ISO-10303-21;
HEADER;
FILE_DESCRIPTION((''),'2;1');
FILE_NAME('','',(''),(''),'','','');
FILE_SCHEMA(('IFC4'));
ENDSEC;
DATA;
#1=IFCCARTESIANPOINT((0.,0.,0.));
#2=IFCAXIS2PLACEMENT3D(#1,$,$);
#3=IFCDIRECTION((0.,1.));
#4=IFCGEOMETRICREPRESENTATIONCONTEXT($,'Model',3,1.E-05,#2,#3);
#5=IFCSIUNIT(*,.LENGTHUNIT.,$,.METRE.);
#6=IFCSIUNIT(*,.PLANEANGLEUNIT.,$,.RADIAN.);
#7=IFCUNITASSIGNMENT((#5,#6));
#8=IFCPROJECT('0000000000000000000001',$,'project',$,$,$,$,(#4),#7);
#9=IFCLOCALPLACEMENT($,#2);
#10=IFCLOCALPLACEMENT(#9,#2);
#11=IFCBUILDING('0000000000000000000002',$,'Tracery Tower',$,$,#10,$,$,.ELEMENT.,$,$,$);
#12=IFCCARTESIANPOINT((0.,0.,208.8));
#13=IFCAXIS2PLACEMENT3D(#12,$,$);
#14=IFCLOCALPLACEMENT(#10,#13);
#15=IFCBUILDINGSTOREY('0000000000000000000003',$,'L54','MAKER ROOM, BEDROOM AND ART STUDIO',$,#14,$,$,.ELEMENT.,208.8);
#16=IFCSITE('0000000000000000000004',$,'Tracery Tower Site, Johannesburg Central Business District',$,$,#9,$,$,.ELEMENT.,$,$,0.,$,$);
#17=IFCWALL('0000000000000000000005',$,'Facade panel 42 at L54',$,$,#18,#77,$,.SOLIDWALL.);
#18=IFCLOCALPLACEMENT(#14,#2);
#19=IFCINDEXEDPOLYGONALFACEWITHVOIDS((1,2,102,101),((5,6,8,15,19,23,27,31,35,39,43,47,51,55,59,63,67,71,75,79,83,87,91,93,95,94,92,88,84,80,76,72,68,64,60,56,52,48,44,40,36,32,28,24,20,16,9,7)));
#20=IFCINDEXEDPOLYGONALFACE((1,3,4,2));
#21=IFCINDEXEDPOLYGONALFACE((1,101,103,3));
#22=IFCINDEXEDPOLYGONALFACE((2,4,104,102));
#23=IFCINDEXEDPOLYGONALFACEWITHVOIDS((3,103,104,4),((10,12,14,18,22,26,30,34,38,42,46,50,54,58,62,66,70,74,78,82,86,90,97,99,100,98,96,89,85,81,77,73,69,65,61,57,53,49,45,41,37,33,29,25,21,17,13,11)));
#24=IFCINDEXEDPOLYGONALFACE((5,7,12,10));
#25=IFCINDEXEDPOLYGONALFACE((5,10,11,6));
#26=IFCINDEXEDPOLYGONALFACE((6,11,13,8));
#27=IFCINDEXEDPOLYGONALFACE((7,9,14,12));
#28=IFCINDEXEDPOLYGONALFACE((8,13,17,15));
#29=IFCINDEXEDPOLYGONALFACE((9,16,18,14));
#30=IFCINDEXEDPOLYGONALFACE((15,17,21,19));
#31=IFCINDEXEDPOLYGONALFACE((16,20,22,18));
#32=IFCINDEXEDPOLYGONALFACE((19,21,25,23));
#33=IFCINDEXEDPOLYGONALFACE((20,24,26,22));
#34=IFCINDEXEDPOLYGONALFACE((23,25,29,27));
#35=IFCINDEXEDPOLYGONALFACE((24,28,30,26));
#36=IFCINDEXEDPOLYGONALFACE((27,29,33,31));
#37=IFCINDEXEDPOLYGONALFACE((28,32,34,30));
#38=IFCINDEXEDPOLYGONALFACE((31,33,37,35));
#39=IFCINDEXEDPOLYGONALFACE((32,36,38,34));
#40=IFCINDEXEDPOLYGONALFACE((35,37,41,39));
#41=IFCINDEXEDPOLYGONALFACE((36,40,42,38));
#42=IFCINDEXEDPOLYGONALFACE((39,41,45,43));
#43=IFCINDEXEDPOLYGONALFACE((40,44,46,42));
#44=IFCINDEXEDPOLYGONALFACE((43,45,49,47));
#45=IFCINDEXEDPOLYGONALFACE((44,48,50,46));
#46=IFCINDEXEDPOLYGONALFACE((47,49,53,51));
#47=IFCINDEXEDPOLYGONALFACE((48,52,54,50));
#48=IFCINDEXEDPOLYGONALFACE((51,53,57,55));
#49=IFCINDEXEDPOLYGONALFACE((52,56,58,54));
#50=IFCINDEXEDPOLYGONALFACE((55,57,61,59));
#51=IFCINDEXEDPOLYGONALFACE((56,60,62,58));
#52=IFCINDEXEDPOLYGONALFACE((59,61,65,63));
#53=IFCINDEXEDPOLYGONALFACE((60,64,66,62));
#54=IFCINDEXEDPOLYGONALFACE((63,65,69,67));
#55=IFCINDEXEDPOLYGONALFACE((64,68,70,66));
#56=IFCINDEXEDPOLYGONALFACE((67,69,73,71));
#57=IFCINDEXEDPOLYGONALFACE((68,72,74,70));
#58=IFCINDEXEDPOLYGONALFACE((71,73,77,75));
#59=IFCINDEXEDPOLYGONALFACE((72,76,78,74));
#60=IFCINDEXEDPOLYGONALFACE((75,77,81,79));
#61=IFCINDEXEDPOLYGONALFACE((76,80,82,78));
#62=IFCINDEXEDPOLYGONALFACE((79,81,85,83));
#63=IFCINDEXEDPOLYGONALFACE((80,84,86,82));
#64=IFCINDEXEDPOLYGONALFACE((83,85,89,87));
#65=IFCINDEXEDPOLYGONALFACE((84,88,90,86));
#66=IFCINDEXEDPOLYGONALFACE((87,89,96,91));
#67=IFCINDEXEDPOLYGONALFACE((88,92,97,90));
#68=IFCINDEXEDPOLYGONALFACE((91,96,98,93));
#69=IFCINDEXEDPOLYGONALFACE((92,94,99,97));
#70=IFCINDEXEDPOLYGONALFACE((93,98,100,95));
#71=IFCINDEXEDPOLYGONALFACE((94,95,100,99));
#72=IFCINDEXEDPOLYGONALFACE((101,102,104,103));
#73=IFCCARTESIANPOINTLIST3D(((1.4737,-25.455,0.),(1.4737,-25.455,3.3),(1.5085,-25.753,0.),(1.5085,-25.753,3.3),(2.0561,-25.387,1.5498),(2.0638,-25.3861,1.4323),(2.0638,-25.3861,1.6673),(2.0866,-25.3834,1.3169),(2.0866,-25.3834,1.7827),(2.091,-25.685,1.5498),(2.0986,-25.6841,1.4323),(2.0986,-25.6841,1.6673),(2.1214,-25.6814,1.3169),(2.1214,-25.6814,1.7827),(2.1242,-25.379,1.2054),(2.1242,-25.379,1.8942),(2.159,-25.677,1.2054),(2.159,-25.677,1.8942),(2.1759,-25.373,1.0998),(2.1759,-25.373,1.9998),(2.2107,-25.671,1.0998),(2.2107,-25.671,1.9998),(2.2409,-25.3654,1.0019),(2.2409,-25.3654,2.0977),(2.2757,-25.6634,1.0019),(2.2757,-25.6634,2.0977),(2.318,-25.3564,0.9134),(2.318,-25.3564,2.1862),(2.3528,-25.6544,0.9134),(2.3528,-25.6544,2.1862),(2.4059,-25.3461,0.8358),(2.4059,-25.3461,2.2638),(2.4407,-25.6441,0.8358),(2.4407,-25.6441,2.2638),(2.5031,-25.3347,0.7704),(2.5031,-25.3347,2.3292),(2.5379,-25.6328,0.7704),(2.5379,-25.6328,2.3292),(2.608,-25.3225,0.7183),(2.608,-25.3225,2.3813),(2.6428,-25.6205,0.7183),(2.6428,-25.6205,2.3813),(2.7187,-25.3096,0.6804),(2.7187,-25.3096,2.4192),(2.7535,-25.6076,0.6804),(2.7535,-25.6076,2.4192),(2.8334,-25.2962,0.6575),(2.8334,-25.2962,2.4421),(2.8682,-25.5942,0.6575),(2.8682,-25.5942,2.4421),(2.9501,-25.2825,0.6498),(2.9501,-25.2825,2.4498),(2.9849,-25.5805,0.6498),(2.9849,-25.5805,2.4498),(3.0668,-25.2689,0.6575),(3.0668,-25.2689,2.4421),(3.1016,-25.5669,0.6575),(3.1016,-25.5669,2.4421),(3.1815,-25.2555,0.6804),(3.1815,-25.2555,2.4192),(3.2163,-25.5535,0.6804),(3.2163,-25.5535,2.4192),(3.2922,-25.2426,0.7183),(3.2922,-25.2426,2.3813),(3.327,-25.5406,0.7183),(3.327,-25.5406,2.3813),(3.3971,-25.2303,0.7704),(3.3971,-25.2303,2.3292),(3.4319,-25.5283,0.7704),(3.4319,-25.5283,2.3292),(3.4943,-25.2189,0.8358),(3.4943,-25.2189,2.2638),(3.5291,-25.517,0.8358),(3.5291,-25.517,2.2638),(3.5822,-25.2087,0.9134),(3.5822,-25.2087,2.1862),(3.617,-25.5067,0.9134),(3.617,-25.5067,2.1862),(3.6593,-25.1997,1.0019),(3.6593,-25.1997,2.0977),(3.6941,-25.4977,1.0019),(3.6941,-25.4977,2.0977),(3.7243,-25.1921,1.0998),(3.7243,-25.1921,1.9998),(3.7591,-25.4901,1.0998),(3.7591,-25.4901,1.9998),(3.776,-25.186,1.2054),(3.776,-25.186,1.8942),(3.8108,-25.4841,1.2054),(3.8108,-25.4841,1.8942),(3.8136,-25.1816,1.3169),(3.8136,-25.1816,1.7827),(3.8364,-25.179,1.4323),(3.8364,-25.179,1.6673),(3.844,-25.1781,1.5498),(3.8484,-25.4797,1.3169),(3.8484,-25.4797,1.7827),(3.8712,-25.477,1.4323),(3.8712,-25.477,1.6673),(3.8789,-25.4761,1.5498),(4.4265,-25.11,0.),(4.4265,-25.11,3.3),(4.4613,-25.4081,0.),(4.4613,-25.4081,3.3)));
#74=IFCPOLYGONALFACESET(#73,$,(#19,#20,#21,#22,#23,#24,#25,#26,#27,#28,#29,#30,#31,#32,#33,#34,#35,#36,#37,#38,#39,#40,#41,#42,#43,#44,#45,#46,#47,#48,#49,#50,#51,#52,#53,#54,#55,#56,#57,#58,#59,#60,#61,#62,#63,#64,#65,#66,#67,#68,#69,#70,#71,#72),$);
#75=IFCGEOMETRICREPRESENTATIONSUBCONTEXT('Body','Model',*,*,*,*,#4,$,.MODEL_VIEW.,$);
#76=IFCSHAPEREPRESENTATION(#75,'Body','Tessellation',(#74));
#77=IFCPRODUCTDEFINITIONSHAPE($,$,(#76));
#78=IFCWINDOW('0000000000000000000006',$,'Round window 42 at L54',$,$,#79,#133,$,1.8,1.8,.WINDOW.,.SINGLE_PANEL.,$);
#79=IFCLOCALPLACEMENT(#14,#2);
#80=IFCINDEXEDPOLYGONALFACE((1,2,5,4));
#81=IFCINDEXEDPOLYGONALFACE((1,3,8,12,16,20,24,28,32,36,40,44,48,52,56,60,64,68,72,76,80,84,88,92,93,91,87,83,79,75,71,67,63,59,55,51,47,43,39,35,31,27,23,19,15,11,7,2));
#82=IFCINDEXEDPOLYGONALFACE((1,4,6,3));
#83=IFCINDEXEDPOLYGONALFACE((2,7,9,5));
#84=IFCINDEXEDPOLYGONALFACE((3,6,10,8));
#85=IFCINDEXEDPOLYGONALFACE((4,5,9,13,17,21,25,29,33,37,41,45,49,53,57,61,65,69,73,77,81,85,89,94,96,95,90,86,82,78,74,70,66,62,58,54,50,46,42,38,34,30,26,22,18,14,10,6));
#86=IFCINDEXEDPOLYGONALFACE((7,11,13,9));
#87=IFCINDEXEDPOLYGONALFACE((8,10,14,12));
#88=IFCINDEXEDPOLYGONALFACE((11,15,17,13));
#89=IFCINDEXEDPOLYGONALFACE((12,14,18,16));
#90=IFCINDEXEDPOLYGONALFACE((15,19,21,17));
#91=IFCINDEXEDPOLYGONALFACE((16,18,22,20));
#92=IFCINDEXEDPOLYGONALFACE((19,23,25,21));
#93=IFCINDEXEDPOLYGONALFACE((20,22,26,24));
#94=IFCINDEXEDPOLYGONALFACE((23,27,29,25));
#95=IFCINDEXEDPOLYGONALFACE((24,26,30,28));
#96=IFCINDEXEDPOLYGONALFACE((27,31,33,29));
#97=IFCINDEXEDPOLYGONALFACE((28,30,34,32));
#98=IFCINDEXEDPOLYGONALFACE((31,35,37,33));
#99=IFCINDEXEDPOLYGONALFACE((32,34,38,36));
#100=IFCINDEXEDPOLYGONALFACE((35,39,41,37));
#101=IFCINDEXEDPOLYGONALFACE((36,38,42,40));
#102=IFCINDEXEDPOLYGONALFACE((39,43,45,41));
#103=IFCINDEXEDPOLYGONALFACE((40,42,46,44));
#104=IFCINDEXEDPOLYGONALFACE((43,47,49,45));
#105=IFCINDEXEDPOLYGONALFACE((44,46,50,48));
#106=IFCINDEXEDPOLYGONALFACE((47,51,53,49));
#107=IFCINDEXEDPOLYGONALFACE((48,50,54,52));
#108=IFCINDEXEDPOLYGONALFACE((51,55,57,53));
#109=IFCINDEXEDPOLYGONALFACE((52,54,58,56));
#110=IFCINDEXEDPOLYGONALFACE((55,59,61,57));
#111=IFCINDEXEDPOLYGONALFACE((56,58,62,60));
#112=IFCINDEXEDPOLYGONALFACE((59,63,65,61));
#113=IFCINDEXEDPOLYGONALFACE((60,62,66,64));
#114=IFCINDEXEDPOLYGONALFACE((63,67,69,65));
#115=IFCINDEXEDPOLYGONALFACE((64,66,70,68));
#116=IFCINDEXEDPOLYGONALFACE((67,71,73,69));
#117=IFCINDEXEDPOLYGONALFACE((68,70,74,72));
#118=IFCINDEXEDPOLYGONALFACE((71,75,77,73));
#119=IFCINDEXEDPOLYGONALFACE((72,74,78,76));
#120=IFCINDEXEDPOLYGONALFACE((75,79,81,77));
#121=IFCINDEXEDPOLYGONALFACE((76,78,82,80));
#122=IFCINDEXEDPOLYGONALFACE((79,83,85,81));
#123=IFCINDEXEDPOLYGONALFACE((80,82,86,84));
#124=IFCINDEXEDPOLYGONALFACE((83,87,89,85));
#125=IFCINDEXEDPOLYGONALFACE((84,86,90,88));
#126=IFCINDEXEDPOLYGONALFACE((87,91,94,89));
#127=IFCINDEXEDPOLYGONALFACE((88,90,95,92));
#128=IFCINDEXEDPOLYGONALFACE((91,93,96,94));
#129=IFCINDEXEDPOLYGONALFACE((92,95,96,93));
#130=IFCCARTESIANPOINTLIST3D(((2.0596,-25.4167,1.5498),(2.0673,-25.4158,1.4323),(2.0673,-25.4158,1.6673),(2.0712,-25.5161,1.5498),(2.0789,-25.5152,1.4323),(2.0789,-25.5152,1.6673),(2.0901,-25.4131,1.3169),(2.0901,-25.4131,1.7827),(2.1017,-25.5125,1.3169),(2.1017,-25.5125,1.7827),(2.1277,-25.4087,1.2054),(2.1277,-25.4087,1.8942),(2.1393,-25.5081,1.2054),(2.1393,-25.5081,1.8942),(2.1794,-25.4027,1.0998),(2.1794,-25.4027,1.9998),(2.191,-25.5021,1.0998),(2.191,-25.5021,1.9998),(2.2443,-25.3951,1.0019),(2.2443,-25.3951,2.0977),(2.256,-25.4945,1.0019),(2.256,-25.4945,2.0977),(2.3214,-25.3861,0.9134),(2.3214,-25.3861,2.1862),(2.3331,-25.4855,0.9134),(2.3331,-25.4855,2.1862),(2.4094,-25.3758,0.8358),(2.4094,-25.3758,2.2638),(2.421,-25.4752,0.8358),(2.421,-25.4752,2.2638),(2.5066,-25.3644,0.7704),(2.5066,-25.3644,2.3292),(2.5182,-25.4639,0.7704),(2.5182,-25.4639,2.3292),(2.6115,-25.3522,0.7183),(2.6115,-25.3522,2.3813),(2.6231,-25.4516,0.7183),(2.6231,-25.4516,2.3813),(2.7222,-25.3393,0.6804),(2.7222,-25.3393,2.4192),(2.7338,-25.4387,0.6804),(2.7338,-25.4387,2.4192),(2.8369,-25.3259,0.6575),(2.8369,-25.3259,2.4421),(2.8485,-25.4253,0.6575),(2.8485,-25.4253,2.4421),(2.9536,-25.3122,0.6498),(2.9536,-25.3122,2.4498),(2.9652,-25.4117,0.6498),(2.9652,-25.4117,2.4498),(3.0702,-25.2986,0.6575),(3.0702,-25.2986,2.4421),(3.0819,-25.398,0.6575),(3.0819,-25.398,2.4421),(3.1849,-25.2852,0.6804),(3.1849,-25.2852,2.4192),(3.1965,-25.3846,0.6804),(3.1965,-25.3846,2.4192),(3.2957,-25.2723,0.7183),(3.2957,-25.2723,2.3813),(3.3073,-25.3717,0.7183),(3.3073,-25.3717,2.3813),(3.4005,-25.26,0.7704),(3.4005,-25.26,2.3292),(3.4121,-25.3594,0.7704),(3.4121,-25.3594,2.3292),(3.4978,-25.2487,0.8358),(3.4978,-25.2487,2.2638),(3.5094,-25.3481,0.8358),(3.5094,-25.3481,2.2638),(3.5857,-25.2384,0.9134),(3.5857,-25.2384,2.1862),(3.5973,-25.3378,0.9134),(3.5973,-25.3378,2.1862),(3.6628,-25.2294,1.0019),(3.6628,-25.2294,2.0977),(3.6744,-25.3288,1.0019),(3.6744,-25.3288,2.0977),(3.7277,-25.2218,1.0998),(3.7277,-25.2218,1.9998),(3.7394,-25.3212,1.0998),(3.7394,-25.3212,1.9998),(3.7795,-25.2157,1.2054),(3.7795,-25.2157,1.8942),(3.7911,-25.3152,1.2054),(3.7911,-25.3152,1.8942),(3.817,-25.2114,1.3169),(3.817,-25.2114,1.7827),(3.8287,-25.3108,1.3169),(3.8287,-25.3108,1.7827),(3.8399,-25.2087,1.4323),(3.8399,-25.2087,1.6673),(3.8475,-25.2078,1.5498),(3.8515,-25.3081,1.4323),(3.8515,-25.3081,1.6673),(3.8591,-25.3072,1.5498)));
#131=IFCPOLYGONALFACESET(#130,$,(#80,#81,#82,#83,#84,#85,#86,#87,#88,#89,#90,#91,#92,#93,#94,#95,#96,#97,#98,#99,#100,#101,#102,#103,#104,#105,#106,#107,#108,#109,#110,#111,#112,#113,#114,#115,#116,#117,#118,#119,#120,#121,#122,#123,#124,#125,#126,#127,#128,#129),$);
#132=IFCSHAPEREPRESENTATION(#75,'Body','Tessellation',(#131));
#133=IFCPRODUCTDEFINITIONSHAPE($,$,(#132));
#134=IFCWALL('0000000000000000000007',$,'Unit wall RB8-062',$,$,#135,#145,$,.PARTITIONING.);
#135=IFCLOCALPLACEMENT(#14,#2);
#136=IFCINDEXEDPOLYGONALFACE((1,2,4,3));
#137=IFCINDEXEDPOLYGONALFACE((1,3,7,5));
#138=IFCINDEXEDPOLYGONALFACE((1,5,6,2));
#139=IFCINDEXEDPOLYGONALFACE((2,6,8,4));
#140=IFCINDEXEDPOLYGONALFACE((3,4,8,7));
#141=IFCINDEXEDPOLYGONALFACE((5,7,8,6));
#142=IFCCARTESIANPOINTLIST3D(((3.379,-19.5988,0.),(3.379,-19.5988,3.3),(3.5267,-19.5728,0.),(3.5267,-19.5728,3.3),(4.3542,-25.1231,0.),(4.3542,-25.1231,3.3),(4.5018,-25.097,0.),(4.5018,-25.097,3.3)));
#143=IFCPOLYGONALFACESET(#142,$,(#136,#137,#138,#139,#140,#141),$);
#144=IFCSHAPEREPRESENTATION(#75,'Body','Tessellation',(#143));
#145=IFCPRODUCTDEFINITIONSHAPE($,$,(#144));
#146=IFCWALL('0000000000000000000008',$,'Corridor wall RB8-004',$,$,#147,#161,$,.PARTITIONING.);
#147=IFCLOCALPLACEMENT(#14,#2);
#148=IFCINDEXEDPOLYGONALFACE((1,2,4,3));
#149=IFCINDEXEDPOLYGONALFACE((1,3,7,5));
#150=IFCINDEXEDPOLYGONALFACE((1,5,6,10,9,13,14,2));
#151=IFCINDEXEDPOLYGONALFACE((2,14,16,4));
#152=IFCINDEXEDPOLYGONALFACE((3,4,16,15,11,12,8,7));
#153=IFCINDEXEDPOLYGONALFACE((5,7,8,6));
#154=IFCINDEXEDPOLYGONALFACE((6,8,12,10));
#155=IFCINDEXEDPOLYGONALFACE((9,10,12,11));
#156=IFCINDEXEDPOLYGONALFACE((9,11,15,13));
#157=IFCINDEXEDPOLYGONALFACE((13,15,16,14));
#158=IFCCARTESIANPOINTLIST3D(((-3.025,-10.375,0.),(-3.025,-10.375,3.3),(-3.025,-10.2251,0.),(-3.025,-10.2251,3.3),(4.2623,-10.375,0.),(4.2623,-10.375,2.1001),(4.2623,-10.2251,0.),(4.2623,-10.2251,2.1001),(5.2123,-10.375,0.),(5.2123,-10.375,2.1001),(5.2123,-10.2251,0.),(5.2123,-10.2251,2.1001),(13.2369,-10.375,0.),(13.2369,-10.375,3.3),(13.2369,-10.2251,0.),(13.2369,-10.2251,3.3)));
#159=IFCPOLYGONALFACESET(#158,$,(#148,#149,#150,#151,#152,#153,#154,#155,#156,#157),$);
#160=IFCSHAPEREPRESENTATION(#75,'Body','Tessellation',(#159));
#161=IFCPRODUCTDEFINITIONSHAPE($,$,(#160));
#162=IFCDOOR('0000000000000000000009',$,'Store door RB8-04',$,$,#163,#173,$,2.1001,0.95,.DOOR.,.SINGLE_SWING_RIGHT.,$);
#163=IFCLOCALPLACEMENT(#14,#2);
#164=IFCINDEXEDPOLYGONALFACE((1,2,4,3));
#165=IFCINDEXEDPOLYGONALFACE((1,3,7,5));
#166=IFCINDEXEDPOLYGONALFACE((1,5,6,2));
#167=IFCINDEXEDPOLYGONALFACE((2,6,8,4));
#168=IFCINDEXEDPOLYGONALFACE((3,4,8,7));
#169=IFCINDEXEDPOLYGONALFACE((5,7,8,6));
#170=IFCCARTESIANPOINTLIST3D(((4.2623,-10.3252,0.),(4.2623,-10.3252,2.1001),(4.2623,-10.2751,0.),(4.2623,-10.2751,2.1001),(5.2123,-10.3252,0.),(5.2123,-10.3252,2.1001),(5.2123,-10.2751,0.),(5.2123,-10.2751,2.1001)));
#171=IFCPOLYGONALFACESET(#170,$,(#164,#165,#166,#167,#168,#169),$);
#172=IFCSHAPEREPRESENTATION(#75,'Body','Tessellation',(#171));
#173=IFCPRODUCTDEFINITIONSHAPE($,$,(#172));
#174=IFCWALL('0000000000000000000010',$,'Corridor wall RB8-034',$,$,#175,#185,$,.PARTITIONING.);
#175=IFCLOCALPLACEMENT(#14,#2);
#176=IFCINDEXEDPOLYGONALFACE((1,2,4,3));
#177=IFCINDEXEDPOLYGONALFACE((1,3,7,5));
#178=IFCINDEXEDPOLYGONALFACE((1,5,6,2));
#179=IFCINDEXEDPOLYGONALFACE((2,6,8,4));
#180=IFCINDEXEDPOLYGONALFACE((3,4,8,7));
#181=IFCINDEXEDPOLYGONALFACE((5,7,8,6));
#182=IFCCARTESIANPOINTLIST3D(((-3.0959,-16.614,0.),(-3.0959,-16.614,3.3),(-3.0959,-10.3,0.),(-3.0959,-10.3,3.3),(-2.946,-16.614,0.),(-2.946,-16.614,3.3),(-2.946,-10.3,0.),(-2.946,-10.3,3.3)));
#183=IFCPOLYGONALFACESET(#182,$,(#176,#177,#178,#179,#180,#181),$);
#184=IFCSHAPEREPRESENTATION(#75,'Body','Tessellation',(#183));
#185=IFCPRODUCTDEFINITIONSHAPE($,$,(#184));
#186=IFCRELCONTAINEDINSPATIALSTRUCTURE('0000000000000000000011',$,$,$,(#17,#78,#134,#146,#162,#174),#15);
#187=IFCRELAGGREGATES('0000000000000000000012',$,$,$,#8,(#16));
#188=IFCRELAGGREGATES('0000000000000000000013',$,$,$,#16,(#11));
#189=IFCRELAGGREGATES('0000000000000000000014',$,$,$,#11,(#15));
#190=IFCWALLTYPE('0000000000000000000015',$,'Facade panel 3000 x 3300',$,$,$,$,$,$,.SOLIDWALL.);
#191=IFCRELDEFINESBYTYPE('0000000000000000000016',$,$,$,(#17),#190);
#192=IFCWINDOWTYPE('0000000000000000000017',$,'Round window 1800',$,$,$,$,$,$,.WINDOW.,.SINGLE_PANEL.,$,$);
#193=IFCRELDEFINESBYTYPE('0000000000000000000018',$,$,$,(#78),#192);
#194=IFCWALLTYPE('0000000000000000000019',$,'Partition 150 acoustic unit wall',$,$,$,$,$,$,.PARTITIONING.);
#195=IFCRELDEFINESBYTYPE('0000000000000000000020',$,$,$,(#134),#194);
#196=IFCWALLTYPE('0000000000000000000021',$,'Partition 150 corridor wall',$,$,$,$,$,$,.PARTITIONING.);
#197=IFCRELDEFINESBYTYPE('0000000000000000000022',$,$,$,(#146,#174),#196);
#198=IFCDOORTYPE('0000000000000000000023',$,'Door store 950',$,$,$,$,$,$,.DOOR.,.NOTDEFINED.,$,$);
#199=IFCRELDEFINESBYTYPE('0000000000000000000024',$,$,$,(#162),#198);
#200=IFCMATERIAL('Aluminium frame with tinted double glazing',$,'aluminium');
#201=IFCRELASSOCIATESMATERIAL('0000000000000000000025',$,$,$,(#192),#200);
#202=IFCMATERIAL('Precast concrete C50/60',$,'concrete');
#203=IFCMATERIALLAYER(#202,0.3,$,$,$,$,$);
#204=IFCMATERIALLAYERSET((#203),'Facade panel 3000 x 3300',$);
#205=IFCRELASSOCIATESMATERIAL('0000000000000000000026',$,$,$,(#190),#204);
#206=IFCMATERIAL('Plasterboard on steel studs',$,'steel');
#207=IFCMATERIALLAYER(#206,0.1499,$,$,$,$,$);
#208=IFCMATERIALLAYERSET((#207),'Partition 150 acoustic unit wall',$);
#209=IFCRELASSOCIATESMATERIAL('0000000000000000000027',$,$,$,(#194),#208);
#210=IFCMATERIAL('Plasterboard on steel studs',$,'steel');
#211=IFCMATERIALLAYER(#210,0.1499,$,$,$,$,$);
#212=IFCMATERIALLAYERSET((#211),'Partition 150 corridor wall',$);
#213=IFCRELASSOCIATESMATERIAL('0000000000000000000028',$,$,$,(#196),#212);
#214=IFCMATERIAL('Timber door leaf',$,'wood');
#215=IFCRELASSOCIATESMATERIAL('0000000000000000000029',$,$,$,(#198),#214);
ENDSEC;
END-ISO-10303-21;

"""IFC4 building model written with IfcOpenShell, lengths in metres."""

from ifc_helpers import new_model, si_unit, direction, frame, frame_2d, origin, origin_2d, place, context, subcontext, project, spatial, rectangle, circle, extrude, material, layer, layer_set, type_object, element, fill, save


model = new_model("IFC4")

# Units and contexts
model_context = context("Model", 3, precision=1e-05, world=origin(), true_north=direction((0.0, 1.0)))
body_context = subcontext(model_context, "Body", "Model", "MODEL_VIEW")
ifc_project = project(units=[si_unit("LENGTHUNIT", "METRE"), si_unit("PLANEANGLEUNIT", "RADIAN")], contexts=[model_context])

# Site, building, storey
site_placement = place(None, origin())
site = spatial("IfcSite", under=ifc_project, at=site_placement, Name="Tracery Tower Site, Johannesburg Central Business District", CompositionType="ELEMENT", RefElevation=0.0)
building_placement = place(site_placement, origin())
building = spatial("IfcBuilding", under=site, at=building_placement, Name="Tracery Tower", CompositionType="ELEMENT")
storey_placement = place(building_placement, frame((0.0, 0.0, 208.8)))
storey = spatial("IfcBuildingStorey", under=building, at=storey_placement, Name="L54", Description="MAKER ROOM, BEDROOM AND ART STUDIO", CompositionType="ELEMENT", Elevation=208.8)

# Wall, opening, window
ifc_material_1 = material(Name="Aluminium frame with tinted double glazing", Category="aluminium")
window_type = type_object("IfcWindowType", Name="Round window 1800", PartitioningType="SINGLE_PANEL", PredefinedType="WINDOW", material=ifc_material_1)
ifc_material_2 = material(Name="Precast concrete C50/60", Category="concrete")
ifc_layer_1 = layer(ifc_material_2, 0.3)
ifc_layer_set_1 = layer_set([ifc_layer_1], Name="Facade panel 3000 x 3300")
wall_type_1 = type_object("IfcWallType", Name="Facade panel 3000 x 3300", PredefinedType="SOLIDWALL", material=ifc_layer_set_1)
wall_1_placement = place(storey_placement, frame((1.4912, -25.604, 0.0), z_axis=(0.0, 0.0, 1.0), x_axis=(0.993245, 0.116036, 0.0)))
wall_1 = element("IfcWall", 1, at=wall_1_placement, inside=storey, type_object=wall_type_1, Name="Facade panel 42 at L54", PredefinedType="SOLIDWALL", context=body_context, shape_type="SweptSolid", body=[
    extrude(rectangle(XDim=2.9729, YDim=0.3, at=frame_2d((1.4863, 0.0))), origin(), (0.0, 0.0, 1.0), 3.3),
])
opening_1_placement = place(wall_1_placement, frame((1.4863, 0.0, 1.5498)))
opening_1 = element("IfcOpeningElement", 2, at=opening_1_placement, cuts=wall_1, PredefinedType="OPENING", context=body_context, shape_type="SweptSolid", body=[
    extrude(circle(Radius=0.9, at=origin_2d()), frame((0.0, 0.1599, 0.0), z_axis=(0.0, -1.0, 0.0), x_axis=(1.0, 0.0, 0.0)), (0.0, 0.0, 1.0), 0.3201),
])
window_1_placement = place(opening_1_placement, origin())
window_1 = element("IfcWindow", 3, at=window_1_placement, inside=storey, type_object=window_type, Name="Round window 42 at L54", OverallHeight=1.8, OverallWidth=1.8, PartitioningType="SINGLE_PANEL", PredefinedType="WINDOW", context=body_context, shape_type="SweptSolid", body=[
    extrude(circle(Radius=0.9, at=origin_2d()), frame((0.0, 0.1201, 0.0), z_axis=(0.0, -1.0, 0.0), x_axis=(1.0, 0.0, 0.0)), (0.0, 0.0, 1.0), 0.1001),
])
fill(opening_1, window_1)

# Wall
ifc_material_3 = material(Name="Plasterboard on steel studs", Category="steel")
ifc_layer_2 = layer(ifc_material_3, 0.1499)
ifc_layer_set_2 = layer_set([ifc_layer_2], Name="Partition 150 acoustic unit wall")
wall_type_2 = type_object("IfcWallType", Name="Partition 150 acoustic unit wall", PredefinedType="PARTITIONING", material=ifc_layer_set_2)
wall_2_placement = place(storey_placement, frame((3.4529, -19.5859, 0.0), z_axis=(0.0, 0.0, 1.0), x_axis=(0.173828, -0.984776, 0.0)))
element("IfcWall", 4, at=wall_2_placement, inside=storey, type_object=wall_type_2, Name="Unit wall RB8-062", PredefinedType="PARTITIONING", context=body_context, shape_type="SweptSolid", body=[
    extrude(rectangle(XDim=5.6096, YDim=0.1499, at=frame_2d((2.8047, 0.0))), origin(), (0.0, 0.0, 1.0), 3.3),
])

# Wall, opening, door
ifc_material_4 = material(Name="Plasterboard on steel studs", Category="steel")
ifc_layer_3 = layer(ifc_material_4, 0.1499)
ifc_layer_set_3 = layer_set([ifc_layer_3], Name="Partition 150 corridor wall")
wall_type_3 = type_object("IfcWallType", Name="Partition 150 corridor wall", PredefinedType="PARTITIONING", material=ifc_layer_set_3)
wall_3_placement = place(storey_placement, frame((-3.0249, -10.3, 0.0), z_axis=(0.0, 0.0, 1.0), x_axis=(1.0, 0.0, 0.0)))
wall_3 = element("IfcWall", 5, at=wall_3_placement, inside=storey, type_object=wall_type_3, Name="Corridor wall RB8-004", PredefinedType="PARTITIONING", context=body_context, shape_type="SweptSolid", body=[
    extrude(rectangle(XDim=16.262, YDim=0.1499, at=frame_2d((8.1309, 0.0))), origin(), (0.0, 0.0, 1.0), 3.3),
])
opening_2_placement = place(wall_3_placement, frame((7.2871, 0.0, 0.0)))
opening_2 = element("IfcOpeningElement", 6, at=opening_2_placement, cuts=wall_3, PredefinedType="OPENING", context=body_context, shape_type="SweptSolid", body=[
    extrude(rectangle(XDim=0.95, YDim=2.1001, at=frame_2d((0.4751, 1.05))), frame((0.0, 0.075, 0.0), z_axis=(0.0, -1.0, 0.0), x_axis=(1.0, 0.0, 0.0)), (0.0, 0.0, 1.0), 0.1499),
])
ifc_material_5 = material(Name="Timber door leaf", Category="wood")
door_type_1 = type_object("IfcDoorType", Name="Door store 950", OperationType="NOTDEFINED", PredefinedType="DOOR", material=ifc_material_5)
door_1_placement = place(opening_2_placement, origin())
door_1 = element("IfcDoor", 7, at=door_1_placement, inside=storey, type_object=door_type_1, Name="Store door RB8-04", OperationType="SINGLE_SWING_RIGHT", OverallHeight=2.1001, OverallWidth=0.95, PredefinedType="DOOR", context=body_context, shape_type="SweptSolid", body=[
    extrude(rectangle(XDim=0.95, YDim=2.1001, at=frame_2d((0.4751, 1.05))), frame((0.0, 0.0249, 0.0), z_axis=(0.0, -1.0, 0.0), x_axis=(1.0, 0.0, 0.0)), (0.0, 0.0, 1.0), 0.05),
])
fill(opening_2, door_1)

# Wall
wall_4_placement = place(storey_placement, frame((-3.021, -16.614, 0.0), z_axis=(0.0, 0.0, 1.0), x_axis=(0.0, 1.0, 0.0)))
element("IfcWall", 8, at=wall_4_placement, inside=storey, type_object=wall_type_3, Name="Corridor wall RB8-034", PredefinedType="PARTITIONING", context=body_context, shape_type="SweptSolid", body=[
    extrude(rectangle(XDim=6.314, YDim=0.1499, at=frame_2d((3.157, 0.0))), origin(), (0.0, 0.0, 1.0), 3.3),
])

save(model, "model.ifc")
